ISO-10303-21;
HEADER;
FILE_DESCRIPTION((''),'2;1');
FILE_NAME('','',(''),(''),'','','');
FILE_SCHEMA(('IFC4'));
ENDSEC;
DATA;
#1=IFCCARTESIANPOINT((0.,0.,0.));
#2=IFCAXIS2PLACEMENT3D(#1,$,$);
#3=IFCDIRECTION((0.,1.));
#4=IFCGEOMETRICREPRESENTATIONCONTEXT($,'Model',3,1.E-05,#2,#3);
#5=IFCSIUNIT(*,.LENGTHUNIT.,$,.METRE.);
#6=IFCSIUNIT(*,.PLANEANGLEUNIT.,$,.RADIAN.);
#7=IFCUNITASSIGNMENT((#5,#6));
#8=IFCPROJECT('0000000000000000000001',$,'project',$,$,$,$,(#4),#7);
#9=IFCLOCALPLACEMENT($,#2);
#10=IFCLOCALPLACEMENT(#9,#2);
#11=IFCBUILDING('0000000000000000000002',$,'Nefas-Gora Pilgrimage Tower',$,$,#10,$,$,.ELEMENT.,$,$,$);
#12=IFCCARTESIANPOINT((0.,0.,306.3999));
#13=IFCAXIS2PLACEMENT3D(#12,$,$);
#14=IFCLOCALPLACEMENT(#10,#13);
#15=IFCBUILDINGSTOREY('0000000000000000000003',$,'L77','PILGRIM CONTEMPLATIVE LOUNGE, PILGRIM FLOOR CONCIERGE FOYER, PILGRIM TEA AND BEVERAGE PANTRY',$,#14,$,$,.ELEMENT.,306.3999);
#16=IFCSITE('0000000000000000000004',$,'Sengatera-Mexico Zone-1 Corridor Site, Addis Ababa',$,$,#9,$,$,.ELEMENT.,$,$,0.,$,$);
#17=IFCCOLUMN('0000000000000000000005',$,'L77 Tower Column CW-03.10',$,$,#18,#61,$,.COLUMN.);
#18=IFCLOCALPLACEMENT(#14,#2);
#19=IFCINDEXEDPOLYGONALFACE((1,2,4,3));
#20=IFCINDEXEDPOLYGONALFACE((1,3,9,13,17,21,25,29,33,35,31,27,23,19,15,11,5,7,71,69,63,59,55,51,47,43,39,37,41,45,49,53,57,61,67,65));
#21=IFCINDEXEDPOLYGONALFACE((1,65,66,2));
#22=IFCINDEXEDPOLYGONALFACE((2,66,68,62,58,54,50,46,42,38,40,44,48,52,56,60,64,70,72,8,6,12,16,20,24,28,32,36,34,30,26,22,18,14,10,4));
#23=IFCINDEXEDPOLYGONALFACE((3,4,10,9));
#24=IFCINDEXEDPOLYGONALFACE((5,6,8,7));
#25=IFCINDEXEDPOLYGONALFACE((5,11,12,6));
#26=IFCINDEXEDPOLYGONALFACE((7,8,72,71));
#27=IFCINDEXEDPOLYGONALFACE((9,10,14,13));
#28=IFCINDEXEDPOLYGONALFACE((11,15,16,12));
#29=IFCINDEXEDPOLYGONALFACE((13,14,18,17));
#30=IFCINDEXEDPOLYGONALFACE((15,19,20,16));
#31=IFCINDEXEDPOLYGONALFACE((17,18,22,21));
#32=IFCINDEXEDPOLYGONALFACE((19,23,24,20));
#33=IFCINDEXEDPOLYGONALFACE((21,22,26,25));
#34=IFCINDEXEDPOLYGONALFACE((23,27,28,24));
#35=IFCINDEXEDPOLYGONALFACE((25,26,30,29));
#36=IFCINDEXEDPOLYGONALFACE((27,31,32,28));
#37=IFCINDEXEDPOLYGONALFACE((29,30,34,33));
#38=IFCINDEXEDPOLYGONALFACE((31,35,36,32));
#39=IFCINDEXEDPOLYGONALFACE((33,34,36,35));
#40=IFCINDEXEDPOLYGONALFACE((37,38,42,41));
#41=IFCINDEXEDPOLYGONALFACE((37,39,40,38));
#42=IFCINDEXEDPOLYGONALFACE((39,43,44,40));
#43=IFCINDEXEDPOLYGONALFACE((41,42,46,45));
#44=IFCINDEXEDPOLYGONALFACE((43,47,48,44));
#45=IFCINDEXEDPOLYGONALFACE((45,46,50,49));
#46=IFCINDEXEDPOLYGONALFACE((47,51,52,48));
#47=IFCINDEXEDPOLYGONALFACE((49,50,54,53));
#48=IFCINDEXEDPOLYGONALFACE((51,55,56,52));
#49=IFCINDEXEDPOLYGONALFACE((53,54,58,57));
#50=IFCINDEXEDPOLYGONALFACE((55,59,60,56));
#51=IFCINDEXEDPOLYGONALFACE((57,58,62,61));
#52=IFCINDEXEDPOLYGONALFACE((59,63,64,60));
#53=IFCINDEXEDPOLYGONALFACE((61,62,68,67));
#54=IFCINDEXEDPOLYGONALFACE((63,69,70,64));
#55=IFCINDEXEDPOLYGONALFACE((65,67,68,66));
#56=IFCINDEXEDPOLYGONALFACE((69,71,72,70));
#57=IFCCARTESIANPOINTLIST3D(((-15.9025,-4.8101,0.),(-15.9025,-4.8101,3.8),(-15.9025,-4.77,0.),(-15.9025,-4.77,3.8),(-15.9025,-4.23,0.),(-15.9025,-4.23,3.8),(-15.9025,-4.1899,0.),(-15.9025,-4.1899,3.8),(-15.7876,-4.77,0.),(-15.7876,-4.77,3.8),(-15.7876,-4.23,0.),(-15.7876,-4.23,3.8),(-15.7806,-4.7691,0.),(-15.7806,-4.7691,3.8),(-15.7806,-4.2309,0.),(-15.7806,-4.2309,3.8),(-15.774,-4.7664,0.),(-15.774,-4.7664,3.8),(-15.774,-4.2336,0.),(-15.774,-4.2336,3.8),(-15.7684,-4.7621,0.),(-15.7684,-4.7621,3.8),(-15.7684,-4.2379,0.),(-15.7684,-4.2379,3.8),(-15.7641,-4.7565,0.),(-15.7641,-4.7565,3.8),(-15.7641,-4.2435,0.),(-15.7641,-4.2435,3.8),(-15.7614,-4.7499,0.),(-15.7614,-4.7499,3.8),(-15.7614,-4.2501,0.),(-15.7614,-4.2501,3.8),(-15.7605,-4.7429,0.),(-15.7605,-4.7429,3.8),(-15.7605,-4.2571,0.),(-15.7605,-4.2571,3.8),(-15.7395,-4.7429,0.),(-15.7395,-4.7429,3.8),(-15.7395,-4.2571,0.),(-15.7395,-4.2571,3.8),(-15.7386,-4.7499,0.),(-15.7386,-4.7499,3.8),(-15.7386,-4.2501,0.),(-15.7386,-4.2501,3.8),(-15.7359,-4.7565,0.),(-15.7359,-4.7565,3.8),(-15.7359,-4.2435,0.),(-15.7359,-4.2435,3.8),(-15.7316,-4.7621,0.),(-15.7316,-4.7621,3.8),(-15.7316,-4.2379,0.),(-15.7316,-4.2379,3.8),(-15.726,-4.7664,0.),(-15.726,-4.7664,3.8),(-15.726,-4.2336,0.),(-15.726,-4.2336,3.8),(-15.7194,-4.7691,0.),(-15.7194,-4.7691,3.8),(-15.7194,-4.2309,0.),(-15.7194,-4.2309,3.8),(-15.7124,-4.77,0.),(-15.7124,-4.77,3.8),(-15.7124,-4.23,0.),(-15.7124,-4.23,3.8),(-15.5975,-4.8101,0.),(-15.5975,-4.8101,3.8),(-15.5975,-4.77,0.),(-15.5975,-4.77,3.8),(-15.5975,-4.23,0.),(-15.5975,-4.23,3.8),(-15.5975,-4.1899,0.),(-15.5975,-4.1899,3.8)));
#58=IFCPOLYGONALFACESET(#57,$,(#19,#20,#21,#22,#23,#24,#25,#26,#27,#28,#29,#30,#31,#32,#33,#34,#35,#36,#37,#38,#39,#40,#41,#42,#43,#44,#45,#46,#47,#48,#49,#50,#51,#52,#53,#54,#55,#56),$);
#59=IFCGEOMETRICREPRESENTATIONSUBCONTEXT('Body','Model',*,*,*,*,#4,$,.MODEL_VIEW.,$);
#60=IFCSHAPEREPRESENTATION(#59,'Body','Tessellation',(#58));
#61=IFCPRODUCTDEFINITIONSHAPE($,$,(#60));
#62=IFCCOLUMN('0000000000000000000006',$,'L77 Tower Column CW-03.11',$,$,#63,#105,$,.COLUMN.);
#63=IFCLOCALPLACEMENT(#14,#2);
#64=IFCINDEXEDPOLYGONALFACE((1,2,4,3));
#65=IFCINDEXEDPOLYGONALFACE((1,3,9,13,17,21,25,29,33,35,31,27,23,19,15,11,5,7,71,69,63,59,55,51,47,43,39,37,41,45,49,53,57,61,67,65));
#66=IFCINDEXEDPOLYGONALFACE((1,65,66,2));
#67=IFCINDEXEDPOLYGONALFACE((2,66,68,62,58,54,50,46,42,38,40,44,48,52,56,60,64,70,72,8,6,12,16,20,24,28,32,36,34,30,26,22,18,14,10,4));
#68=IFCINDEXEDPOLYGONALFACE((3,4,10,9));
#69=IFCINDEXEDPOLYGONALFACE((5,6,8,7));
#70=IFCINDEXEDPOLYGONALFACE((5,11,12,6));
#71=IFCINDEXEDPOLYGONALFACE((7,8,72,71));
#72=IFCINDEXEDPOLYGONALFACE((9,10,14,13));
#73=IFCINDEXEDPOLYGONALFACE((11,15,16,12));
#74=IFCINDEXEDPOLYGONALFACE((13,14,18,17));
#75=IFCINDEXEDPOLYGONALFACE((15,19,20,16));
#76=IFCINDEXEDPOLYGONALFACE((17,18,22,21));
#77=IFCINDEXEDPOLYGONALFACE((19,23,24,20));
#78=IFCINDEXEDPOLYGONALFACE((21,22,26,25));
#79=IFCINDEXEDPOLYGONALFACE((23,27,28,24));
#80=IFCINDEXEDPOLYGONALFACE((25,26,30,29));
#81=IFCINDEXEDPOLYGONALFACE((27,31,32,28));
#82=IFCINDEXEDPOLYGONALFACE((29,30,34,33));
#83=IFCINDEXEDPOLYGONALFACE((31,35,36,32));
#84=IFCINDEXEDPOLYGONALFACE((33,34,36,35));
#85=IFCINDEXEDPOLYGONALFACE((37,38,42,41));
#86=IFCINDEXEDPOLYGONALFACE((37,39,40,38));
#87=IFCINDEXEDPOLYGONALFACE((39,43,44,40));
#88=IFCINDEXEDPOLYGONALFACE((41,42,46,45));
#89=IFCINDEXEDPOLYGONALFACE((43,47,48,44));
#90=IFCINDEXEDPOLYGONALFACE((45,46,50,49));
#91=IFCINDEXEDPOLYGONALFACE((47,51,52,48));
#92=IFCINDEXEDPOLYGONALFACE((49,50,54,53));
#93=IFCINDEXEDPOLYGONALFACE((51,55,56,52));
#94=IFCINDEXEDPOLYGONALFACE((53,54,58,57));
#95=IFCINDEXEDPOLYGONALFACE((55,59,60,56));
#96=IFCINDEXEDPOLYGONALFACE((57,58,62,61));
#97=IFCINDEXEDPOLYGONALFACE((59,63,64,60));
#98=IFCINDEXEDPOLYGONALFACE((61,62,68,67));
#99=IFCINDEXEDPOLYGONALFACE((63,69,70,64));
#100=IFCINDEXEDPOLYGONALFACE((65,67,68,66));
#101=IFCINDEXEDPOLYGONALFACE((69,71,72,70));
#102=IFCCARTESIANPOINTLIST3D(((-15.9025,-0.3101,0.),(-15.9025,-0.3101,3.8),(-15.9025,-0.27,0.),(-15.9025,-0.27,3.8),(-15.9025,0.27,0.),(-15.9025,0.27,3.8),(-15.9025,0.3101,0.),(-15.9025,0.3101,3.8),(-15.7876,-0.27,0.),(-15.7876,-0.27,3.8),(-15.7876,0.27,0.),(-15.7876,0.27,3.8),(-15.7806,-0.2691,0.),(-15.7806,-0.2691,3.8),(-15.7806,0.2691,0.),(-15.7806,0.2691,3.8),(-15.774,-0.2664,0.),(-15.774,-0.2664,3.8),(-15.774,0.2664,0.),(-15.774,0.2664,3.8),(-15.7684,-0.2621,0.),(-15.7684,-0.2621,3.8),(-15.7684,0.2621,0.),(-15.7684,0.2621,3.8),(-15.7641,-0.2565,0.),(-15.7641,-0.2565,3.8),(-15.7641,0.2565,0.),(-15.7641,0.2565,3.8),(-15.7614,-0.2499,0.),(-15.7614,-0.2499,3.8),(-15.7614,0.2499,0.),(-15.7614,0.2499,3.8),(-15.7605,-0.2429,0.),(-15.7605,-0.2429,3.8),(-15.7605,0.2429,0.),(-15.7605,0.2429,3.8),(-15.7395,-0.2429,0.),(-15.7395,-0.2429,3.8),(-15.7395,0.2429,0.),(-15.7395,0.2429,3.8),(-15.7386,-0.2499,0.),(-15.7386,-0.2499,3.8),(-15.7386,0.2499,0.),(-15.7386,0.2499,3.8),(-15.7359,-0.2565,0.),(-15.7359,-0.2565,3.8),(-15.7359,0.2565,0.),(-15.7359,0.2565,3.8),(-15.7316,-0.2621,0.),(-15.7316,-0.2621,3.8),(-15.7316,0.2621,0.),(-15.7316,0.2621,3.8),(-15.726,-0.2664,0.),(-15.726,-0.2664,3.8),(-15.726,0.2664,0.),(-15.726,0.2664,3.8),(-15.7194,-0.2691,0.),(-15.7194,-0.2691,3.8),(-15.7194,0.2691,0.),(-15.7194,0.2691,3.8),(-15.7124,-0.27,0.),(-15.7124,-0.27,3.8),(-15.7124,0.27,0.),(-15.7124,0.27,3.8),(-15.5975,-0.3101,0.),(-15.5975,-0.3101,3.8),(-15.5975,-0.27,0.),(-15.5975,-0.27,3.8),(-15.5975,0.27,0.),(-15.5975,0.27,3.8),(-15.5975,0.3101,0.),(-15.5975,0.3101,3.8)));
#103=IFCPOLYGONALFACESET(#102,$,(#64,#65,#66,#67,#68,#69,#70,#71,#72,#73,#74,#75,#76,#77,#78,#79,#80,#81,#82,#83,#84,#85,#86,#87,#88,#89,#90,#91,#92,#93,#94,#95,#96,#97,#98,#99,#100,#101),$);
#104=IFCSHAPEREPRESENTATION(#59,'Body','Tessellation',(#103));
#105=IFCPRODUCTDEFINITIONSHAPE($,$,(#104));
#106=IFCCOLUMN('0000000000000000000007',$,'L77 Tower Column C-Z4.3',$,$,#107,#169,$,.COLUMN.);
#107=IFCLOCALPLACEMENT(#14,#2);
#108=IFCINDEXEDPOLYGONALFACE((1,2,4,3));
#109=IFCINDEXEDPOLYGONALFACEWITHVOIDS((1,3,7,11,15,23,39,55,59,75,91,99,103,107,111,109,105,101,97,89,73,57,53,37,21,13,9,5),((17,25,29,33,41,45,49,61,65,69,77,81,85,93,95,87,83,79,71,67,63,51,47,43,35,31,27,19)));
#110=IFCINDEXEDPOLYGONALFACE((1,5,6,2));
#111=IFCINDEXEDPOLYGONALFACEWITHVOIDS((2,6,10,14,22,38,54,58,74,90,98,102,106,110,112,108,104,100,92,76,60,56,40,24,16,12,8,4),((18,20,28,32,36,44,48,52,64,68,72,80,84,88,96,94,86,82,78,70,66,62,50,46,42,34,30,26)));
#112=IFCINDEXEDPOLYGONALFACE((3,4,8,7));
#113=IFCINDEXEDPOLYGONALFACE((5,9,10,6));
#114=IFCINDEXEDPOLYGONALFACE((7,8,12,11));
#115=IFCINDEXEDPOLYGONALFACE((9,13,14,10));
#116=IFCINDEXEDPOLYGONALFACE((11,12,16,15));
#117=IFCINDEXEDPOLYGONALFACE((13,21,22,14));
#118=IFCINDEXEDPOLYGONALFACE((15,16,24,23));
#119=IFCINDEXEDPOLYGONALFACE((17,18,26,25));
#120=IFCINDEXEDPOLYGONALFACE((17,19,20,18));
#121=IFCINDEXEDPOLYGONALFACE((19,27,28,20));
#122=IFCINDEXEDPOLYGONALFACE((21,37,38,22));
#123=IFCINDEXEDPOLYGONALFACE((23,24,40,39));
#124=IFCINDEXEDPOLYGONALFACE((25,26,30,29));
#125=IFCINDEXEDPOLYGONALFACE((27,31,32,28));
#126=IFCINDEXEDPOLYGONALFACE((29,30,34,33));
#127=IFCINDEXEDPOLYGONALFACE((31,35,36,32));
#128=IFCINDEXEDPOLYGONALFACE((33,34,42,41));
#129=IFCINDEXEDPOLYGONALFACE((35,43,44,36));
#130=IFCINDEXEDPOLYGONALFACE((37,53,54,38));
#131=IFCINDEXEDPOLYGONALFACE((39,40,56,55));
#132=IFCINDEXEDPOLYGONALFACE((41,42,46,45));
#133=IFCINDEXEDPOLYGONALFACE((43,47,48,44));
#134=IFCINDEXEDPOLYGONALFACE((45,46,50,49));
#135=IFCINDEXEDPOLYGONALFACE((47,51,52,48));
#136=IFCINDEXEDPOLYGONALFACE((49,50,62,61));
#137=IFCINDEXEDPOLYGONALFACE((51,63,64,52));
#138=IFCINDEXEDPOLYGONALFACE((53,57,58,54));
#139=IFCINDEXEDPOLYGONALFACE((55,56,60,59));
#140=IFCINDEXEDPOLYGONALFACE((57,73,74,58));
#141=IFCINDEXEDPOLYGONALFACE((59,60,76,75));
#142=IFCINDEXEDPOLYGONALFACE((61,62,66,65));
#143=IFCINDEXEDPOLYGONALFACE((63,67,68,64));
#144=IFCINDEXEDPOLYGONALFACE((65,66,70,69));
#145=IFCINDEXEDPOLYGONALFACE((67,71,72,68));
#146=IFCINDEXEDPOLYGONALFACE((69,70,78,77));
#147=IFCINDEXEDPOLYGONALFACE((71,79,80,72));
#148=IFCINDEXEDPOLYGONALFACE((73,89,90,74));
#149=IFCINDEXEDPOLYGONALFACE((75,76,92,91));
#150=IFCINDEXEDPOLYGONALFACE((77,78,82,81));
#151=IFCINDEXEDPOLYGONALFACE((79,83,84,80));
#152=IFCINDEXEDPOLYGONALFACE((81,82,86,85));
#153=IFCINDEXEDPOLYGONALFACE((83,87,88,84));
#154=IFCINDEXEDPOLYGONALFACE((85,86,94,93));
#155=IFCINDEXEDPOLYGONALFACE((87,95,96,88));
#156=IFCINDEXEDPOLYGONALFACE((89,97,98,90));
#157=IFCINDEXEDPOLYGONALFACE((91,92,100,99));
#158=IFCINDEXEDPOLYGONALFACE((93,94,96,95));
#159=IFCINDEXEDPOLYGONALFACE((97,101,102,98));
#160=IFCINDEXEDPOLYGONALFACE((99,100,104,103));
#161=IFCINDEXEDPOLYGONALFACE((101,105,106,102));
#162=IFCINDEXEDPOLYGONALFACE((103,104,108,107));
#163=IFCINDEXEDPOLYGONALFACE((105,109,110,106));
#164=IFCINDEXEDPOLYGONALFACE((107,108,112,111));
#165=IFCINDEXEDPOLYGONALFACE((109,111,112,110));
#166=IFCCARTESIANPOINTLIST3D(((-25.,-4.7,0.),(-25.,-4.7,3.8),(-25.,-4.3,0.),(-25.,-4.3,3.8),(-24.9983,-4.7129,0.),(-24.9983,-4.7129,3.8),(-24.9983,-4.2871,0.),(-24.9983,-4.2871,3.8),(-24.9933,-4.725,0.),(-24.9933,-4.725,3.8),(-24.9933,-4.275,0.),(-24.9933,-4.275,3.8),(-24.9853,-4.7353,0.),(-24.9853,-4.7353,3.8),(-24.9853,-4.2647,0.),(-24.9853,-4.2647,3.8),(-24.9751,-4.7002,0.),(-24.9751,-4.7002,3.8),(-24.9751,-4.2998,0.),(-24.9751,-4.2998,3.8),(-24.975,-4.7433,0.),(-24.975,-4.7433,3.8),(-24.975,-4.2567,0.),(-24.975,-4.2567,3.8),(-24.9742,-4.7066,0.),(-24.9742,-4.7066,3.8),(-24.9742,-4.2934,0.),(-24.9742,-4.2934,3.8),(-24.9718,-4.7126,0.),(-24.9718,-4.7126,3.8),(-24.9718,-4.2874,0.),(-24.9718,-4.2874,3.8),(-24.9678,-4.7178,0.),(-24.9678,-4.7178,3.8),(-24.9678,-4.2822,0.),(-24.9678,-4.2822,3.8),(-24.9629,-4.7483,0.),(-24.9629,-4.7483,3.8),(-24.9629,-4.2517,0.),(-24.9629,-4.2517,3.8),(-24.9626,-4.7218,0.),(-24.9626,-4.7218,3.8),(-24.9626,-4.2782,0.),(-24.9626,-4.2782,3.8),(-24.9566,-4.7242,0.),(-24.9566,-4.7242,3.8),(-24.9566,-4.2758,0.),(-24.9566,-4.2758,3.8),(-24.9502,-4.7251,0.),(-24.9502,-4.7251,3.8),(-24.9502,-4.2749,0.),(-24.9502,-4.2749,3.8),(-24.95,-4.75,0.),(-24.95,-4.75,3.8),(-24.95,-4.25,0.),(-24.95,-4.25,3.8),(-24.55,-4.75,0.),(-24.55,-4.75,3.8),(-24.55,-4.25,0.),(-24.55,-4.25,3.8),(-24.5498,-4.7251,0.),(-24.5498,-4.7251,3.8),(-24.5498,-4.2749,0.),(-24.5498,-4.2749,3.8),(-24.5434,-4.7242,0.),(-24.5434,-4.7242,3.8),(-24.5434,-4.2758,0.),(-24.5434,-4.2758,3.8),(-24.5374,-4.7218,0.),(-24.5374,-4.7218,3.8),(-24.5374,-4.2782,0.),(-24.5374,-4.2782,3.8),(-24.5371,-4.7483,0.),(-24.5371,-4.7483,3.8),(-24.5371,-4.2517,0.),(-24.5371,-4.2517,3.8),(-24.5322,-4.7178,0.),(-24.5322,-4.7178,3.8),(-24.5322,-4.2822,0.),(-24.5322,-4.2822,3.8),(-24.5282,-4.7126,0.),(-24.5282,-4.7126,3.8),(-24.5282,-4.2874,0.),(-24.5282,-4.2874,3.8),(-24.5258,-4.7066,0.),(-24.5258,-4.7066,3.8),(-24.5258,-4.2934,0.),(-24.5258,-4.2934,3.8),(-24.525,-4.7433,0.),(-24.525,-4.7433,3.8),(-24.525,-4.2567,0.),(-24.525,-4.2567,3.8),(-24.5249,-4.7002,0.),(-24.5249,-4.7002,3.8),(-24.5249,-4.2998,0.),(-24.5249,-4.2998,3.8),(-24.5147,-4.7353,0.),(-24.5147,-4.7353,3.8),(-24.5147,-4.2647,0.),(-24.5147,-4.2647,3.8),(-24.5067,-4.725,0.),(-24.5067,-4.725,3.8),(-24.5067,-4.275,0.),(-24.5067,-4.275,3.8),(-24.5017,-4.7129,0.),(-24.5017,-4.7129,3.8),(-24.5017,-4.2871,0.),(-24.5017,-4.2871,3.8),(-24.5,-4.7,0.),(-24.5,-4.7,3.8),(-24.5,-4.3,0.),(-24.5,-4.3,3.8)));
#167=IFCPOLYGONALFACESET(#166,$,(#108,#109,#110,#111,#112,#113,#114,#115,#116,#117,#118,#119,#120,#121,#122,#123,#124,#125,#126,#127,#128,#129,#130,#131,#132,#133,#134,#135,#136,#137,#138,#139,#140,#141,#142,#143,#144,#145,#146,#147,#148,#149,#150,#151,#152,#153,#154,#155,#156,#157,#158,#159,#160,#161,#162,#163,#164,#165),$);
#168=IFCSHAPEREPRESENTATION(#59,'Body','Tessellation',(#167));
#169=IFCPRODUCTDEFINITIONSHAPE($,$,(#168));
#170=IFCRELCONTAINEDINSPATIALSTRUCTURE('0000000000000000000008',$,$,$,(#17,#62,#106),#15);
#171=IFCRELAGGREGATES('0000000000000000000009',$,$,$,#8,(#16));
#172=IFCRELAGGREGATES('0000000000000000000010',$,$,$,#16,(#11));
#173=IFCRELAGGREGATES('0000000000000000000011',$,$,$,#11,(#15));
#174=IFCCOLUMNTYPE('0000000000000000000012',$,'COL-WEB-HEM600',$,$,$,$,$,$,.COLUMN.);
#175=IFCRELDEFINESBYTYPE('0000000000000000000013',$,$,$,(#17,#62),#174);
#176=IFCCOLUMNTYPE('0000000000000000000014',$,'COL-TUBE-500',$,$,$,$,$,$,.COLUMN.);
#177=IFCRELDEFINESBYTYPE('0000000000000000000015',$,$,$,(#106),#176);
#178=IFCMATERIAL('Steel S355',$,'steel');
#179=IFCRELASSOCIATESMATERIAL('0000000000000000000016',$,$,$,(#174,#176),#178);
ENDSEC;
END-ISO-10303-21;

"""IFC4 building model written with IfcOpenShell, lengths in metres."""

from ifc_helpers import new_model, si_unit, direction, frame, origin, origin_2d, place, context, subcontext, project, spatial, hollow_rectangle, i_section, extrude, source, transform, mapped, material, material_profile, profile_set, type_object, element, save


model = new_model("IFC4")

# Units and contexts
model_context = context("Model", 3, precision=1e-05, world=origin(), true_north=direction((0.0, 1.0)))
body_context = subcontext(model_context, "Body", "Model", "MODEL_VIEW")
ifc_project = project(units=[si_unit("LENGTHUNIT", "METRE"), si_unit("PLANEANGLEUNIT", "RADIAN")], contexts=[model_context])

# Site, building, storey
site_placement = place(None, origin())
site = spatial("IfcSite", under=ifc_project, at=site_placement, Name="Sengatera-Mexico Zone-1 Corridor Site, Addis Ababa", CompositionType="ELEMENT", RefElevation=0.0)
building_placement = place(site_placement, origin())
building = spatial("IfcBuilding", under=site, at=building_placement, Name="Nefas-Gora Pilgrimage Tower", CompositionType="ELEMENT")
storey_placement = place(building_placement, frame((0.0, 0.0, 306.3999)))
storey = spatial("IfcBuildingStorey", under=building, at=storey_placement, Name="L77", Description="PILGRIM CONTEMPLATIVE LOUNGE, PILGRIM FLOOR CONCIERGE FOYER, PILGRIM TEA AND BEVERAGE PANTRY", CompositionType="ELEMENT", Elevation=306.3999)

# Columns
ifc_material_1 = material(Name="Steel S355", Category="steel")
ifc_material_profile_1 = material_profile(ifc_material_1, i_section(OverallWidth=0.3049, OverallDepth=0.6201, WebThickness=0.021, FlangeThickness=0.04, FilletRadius=0.0271, at=origin_2d()), Name="HEM 600")
ifc_profile_set_1 = profile_set([ifc_material_profile_1], Name="Steel S355")
column_type_1 = type_object("IfcColumnType", Name="COL-WEB-HEM600", PredefinedType="COLUMN", material=ifc_profile_set_1)
shared_shape_1 = source(origin(), body_context, "Body", "SweptSolid", [
    extrude(i_section(OverallWidth=0.3049, OverallDepth=0.6201, WebThickness=0.021, FlangeThickness=0.04, FilletRadius=0.0271, at=origin_2d()), origin(), (0.0, 0.0, 1.0), 3.8),
])
for number, where, z_axis, x_axis, name in (
    (1, (-15.75, -4.5, 0.0), (0.0, 0.0, 1.0), (1.0, 0.0, 0.0), "L77 Tower Column CW-03.10"),
    (2, (-15.75, 0.0, 0.0), (0.0, 0.0, 1.0), (1.0, 0.0, 0.0), "L77 Tower Column CW-03.11"),
):
    element("IfcColumn", number, at=place(storey_placement, frame(where, z_axis=z_axis, x_axis=x_axis)), inside=storey, type_object=column_type_1, Name=name, PredefinedType="COLUMN", context=body_context, shape_type="MappedRepresentation", body=[
        mapped(shared_shape_1, transform((0.0, 0.0, 0.0), x_axis=(1.0, 0.0, 0.0), y_axis=(0.0, 1.0, 0.0), z_axis=(0.0, 0.0, 1.0), scale=1.0)),
    ])
ifc_material_profile_2 = material_profile(ifc_material_1, hollow_rectangle(XDim=0.5, YDim=0.5, WallThickness=0.0249, InnerFilletRadius=0.0249, OuterFilletRadius=0.05, at=origin_2d()), Name="SHS 500x500x25")
ifc_profile_set_2 = profile_set([ifc_material_profile_2], Name="Steel S355")
column_type_2 = type_object("IfcColumnType", Name="COL-TUBE-500", PredefinedType="COLUMN", material=ifc_profile_set_2)
shared_shape_2 = source(origin(), body_context, "Body", "SweptSolid", [
    extrude(hollow_rectangle(XDim=0.5, YDim=0.5, WallThickness=0.0249, InnerFilletRadius=0.0249, OuterFilletRadius=0.05, at=origin_2d()), origin(), (0.0, 0.0, 1.0), 3.8),
])
for number, where, z_axis, x_axis, name in (
    (3, (-24.75, -4.5, 0.0), (0.0, 0.0, 1.0), (1.0, 0.0, 0.0), "L77 Tower Column C-Z4.3"),
):
    element("IfcColumn", number, at=place(storey_placement, frame(where, z_axis=z_axis, x_axis=x_axis)), inside=storey, type_object=column_type_2, Name=name, PredefinedType="COLUMN", context=body_context, shape_type="MappedRepresentation", body=[
        mapped(shared_shape_2, transform((0.0, 0.0, 0.0), x_axis=(1.0, 0.0, 0.0), y_axis=(0.0, 1.0, 0.0), z_axis=(0.0, 0.0, 1.0), scale=1.0)),
    ])

save(model, "model.ifc")
